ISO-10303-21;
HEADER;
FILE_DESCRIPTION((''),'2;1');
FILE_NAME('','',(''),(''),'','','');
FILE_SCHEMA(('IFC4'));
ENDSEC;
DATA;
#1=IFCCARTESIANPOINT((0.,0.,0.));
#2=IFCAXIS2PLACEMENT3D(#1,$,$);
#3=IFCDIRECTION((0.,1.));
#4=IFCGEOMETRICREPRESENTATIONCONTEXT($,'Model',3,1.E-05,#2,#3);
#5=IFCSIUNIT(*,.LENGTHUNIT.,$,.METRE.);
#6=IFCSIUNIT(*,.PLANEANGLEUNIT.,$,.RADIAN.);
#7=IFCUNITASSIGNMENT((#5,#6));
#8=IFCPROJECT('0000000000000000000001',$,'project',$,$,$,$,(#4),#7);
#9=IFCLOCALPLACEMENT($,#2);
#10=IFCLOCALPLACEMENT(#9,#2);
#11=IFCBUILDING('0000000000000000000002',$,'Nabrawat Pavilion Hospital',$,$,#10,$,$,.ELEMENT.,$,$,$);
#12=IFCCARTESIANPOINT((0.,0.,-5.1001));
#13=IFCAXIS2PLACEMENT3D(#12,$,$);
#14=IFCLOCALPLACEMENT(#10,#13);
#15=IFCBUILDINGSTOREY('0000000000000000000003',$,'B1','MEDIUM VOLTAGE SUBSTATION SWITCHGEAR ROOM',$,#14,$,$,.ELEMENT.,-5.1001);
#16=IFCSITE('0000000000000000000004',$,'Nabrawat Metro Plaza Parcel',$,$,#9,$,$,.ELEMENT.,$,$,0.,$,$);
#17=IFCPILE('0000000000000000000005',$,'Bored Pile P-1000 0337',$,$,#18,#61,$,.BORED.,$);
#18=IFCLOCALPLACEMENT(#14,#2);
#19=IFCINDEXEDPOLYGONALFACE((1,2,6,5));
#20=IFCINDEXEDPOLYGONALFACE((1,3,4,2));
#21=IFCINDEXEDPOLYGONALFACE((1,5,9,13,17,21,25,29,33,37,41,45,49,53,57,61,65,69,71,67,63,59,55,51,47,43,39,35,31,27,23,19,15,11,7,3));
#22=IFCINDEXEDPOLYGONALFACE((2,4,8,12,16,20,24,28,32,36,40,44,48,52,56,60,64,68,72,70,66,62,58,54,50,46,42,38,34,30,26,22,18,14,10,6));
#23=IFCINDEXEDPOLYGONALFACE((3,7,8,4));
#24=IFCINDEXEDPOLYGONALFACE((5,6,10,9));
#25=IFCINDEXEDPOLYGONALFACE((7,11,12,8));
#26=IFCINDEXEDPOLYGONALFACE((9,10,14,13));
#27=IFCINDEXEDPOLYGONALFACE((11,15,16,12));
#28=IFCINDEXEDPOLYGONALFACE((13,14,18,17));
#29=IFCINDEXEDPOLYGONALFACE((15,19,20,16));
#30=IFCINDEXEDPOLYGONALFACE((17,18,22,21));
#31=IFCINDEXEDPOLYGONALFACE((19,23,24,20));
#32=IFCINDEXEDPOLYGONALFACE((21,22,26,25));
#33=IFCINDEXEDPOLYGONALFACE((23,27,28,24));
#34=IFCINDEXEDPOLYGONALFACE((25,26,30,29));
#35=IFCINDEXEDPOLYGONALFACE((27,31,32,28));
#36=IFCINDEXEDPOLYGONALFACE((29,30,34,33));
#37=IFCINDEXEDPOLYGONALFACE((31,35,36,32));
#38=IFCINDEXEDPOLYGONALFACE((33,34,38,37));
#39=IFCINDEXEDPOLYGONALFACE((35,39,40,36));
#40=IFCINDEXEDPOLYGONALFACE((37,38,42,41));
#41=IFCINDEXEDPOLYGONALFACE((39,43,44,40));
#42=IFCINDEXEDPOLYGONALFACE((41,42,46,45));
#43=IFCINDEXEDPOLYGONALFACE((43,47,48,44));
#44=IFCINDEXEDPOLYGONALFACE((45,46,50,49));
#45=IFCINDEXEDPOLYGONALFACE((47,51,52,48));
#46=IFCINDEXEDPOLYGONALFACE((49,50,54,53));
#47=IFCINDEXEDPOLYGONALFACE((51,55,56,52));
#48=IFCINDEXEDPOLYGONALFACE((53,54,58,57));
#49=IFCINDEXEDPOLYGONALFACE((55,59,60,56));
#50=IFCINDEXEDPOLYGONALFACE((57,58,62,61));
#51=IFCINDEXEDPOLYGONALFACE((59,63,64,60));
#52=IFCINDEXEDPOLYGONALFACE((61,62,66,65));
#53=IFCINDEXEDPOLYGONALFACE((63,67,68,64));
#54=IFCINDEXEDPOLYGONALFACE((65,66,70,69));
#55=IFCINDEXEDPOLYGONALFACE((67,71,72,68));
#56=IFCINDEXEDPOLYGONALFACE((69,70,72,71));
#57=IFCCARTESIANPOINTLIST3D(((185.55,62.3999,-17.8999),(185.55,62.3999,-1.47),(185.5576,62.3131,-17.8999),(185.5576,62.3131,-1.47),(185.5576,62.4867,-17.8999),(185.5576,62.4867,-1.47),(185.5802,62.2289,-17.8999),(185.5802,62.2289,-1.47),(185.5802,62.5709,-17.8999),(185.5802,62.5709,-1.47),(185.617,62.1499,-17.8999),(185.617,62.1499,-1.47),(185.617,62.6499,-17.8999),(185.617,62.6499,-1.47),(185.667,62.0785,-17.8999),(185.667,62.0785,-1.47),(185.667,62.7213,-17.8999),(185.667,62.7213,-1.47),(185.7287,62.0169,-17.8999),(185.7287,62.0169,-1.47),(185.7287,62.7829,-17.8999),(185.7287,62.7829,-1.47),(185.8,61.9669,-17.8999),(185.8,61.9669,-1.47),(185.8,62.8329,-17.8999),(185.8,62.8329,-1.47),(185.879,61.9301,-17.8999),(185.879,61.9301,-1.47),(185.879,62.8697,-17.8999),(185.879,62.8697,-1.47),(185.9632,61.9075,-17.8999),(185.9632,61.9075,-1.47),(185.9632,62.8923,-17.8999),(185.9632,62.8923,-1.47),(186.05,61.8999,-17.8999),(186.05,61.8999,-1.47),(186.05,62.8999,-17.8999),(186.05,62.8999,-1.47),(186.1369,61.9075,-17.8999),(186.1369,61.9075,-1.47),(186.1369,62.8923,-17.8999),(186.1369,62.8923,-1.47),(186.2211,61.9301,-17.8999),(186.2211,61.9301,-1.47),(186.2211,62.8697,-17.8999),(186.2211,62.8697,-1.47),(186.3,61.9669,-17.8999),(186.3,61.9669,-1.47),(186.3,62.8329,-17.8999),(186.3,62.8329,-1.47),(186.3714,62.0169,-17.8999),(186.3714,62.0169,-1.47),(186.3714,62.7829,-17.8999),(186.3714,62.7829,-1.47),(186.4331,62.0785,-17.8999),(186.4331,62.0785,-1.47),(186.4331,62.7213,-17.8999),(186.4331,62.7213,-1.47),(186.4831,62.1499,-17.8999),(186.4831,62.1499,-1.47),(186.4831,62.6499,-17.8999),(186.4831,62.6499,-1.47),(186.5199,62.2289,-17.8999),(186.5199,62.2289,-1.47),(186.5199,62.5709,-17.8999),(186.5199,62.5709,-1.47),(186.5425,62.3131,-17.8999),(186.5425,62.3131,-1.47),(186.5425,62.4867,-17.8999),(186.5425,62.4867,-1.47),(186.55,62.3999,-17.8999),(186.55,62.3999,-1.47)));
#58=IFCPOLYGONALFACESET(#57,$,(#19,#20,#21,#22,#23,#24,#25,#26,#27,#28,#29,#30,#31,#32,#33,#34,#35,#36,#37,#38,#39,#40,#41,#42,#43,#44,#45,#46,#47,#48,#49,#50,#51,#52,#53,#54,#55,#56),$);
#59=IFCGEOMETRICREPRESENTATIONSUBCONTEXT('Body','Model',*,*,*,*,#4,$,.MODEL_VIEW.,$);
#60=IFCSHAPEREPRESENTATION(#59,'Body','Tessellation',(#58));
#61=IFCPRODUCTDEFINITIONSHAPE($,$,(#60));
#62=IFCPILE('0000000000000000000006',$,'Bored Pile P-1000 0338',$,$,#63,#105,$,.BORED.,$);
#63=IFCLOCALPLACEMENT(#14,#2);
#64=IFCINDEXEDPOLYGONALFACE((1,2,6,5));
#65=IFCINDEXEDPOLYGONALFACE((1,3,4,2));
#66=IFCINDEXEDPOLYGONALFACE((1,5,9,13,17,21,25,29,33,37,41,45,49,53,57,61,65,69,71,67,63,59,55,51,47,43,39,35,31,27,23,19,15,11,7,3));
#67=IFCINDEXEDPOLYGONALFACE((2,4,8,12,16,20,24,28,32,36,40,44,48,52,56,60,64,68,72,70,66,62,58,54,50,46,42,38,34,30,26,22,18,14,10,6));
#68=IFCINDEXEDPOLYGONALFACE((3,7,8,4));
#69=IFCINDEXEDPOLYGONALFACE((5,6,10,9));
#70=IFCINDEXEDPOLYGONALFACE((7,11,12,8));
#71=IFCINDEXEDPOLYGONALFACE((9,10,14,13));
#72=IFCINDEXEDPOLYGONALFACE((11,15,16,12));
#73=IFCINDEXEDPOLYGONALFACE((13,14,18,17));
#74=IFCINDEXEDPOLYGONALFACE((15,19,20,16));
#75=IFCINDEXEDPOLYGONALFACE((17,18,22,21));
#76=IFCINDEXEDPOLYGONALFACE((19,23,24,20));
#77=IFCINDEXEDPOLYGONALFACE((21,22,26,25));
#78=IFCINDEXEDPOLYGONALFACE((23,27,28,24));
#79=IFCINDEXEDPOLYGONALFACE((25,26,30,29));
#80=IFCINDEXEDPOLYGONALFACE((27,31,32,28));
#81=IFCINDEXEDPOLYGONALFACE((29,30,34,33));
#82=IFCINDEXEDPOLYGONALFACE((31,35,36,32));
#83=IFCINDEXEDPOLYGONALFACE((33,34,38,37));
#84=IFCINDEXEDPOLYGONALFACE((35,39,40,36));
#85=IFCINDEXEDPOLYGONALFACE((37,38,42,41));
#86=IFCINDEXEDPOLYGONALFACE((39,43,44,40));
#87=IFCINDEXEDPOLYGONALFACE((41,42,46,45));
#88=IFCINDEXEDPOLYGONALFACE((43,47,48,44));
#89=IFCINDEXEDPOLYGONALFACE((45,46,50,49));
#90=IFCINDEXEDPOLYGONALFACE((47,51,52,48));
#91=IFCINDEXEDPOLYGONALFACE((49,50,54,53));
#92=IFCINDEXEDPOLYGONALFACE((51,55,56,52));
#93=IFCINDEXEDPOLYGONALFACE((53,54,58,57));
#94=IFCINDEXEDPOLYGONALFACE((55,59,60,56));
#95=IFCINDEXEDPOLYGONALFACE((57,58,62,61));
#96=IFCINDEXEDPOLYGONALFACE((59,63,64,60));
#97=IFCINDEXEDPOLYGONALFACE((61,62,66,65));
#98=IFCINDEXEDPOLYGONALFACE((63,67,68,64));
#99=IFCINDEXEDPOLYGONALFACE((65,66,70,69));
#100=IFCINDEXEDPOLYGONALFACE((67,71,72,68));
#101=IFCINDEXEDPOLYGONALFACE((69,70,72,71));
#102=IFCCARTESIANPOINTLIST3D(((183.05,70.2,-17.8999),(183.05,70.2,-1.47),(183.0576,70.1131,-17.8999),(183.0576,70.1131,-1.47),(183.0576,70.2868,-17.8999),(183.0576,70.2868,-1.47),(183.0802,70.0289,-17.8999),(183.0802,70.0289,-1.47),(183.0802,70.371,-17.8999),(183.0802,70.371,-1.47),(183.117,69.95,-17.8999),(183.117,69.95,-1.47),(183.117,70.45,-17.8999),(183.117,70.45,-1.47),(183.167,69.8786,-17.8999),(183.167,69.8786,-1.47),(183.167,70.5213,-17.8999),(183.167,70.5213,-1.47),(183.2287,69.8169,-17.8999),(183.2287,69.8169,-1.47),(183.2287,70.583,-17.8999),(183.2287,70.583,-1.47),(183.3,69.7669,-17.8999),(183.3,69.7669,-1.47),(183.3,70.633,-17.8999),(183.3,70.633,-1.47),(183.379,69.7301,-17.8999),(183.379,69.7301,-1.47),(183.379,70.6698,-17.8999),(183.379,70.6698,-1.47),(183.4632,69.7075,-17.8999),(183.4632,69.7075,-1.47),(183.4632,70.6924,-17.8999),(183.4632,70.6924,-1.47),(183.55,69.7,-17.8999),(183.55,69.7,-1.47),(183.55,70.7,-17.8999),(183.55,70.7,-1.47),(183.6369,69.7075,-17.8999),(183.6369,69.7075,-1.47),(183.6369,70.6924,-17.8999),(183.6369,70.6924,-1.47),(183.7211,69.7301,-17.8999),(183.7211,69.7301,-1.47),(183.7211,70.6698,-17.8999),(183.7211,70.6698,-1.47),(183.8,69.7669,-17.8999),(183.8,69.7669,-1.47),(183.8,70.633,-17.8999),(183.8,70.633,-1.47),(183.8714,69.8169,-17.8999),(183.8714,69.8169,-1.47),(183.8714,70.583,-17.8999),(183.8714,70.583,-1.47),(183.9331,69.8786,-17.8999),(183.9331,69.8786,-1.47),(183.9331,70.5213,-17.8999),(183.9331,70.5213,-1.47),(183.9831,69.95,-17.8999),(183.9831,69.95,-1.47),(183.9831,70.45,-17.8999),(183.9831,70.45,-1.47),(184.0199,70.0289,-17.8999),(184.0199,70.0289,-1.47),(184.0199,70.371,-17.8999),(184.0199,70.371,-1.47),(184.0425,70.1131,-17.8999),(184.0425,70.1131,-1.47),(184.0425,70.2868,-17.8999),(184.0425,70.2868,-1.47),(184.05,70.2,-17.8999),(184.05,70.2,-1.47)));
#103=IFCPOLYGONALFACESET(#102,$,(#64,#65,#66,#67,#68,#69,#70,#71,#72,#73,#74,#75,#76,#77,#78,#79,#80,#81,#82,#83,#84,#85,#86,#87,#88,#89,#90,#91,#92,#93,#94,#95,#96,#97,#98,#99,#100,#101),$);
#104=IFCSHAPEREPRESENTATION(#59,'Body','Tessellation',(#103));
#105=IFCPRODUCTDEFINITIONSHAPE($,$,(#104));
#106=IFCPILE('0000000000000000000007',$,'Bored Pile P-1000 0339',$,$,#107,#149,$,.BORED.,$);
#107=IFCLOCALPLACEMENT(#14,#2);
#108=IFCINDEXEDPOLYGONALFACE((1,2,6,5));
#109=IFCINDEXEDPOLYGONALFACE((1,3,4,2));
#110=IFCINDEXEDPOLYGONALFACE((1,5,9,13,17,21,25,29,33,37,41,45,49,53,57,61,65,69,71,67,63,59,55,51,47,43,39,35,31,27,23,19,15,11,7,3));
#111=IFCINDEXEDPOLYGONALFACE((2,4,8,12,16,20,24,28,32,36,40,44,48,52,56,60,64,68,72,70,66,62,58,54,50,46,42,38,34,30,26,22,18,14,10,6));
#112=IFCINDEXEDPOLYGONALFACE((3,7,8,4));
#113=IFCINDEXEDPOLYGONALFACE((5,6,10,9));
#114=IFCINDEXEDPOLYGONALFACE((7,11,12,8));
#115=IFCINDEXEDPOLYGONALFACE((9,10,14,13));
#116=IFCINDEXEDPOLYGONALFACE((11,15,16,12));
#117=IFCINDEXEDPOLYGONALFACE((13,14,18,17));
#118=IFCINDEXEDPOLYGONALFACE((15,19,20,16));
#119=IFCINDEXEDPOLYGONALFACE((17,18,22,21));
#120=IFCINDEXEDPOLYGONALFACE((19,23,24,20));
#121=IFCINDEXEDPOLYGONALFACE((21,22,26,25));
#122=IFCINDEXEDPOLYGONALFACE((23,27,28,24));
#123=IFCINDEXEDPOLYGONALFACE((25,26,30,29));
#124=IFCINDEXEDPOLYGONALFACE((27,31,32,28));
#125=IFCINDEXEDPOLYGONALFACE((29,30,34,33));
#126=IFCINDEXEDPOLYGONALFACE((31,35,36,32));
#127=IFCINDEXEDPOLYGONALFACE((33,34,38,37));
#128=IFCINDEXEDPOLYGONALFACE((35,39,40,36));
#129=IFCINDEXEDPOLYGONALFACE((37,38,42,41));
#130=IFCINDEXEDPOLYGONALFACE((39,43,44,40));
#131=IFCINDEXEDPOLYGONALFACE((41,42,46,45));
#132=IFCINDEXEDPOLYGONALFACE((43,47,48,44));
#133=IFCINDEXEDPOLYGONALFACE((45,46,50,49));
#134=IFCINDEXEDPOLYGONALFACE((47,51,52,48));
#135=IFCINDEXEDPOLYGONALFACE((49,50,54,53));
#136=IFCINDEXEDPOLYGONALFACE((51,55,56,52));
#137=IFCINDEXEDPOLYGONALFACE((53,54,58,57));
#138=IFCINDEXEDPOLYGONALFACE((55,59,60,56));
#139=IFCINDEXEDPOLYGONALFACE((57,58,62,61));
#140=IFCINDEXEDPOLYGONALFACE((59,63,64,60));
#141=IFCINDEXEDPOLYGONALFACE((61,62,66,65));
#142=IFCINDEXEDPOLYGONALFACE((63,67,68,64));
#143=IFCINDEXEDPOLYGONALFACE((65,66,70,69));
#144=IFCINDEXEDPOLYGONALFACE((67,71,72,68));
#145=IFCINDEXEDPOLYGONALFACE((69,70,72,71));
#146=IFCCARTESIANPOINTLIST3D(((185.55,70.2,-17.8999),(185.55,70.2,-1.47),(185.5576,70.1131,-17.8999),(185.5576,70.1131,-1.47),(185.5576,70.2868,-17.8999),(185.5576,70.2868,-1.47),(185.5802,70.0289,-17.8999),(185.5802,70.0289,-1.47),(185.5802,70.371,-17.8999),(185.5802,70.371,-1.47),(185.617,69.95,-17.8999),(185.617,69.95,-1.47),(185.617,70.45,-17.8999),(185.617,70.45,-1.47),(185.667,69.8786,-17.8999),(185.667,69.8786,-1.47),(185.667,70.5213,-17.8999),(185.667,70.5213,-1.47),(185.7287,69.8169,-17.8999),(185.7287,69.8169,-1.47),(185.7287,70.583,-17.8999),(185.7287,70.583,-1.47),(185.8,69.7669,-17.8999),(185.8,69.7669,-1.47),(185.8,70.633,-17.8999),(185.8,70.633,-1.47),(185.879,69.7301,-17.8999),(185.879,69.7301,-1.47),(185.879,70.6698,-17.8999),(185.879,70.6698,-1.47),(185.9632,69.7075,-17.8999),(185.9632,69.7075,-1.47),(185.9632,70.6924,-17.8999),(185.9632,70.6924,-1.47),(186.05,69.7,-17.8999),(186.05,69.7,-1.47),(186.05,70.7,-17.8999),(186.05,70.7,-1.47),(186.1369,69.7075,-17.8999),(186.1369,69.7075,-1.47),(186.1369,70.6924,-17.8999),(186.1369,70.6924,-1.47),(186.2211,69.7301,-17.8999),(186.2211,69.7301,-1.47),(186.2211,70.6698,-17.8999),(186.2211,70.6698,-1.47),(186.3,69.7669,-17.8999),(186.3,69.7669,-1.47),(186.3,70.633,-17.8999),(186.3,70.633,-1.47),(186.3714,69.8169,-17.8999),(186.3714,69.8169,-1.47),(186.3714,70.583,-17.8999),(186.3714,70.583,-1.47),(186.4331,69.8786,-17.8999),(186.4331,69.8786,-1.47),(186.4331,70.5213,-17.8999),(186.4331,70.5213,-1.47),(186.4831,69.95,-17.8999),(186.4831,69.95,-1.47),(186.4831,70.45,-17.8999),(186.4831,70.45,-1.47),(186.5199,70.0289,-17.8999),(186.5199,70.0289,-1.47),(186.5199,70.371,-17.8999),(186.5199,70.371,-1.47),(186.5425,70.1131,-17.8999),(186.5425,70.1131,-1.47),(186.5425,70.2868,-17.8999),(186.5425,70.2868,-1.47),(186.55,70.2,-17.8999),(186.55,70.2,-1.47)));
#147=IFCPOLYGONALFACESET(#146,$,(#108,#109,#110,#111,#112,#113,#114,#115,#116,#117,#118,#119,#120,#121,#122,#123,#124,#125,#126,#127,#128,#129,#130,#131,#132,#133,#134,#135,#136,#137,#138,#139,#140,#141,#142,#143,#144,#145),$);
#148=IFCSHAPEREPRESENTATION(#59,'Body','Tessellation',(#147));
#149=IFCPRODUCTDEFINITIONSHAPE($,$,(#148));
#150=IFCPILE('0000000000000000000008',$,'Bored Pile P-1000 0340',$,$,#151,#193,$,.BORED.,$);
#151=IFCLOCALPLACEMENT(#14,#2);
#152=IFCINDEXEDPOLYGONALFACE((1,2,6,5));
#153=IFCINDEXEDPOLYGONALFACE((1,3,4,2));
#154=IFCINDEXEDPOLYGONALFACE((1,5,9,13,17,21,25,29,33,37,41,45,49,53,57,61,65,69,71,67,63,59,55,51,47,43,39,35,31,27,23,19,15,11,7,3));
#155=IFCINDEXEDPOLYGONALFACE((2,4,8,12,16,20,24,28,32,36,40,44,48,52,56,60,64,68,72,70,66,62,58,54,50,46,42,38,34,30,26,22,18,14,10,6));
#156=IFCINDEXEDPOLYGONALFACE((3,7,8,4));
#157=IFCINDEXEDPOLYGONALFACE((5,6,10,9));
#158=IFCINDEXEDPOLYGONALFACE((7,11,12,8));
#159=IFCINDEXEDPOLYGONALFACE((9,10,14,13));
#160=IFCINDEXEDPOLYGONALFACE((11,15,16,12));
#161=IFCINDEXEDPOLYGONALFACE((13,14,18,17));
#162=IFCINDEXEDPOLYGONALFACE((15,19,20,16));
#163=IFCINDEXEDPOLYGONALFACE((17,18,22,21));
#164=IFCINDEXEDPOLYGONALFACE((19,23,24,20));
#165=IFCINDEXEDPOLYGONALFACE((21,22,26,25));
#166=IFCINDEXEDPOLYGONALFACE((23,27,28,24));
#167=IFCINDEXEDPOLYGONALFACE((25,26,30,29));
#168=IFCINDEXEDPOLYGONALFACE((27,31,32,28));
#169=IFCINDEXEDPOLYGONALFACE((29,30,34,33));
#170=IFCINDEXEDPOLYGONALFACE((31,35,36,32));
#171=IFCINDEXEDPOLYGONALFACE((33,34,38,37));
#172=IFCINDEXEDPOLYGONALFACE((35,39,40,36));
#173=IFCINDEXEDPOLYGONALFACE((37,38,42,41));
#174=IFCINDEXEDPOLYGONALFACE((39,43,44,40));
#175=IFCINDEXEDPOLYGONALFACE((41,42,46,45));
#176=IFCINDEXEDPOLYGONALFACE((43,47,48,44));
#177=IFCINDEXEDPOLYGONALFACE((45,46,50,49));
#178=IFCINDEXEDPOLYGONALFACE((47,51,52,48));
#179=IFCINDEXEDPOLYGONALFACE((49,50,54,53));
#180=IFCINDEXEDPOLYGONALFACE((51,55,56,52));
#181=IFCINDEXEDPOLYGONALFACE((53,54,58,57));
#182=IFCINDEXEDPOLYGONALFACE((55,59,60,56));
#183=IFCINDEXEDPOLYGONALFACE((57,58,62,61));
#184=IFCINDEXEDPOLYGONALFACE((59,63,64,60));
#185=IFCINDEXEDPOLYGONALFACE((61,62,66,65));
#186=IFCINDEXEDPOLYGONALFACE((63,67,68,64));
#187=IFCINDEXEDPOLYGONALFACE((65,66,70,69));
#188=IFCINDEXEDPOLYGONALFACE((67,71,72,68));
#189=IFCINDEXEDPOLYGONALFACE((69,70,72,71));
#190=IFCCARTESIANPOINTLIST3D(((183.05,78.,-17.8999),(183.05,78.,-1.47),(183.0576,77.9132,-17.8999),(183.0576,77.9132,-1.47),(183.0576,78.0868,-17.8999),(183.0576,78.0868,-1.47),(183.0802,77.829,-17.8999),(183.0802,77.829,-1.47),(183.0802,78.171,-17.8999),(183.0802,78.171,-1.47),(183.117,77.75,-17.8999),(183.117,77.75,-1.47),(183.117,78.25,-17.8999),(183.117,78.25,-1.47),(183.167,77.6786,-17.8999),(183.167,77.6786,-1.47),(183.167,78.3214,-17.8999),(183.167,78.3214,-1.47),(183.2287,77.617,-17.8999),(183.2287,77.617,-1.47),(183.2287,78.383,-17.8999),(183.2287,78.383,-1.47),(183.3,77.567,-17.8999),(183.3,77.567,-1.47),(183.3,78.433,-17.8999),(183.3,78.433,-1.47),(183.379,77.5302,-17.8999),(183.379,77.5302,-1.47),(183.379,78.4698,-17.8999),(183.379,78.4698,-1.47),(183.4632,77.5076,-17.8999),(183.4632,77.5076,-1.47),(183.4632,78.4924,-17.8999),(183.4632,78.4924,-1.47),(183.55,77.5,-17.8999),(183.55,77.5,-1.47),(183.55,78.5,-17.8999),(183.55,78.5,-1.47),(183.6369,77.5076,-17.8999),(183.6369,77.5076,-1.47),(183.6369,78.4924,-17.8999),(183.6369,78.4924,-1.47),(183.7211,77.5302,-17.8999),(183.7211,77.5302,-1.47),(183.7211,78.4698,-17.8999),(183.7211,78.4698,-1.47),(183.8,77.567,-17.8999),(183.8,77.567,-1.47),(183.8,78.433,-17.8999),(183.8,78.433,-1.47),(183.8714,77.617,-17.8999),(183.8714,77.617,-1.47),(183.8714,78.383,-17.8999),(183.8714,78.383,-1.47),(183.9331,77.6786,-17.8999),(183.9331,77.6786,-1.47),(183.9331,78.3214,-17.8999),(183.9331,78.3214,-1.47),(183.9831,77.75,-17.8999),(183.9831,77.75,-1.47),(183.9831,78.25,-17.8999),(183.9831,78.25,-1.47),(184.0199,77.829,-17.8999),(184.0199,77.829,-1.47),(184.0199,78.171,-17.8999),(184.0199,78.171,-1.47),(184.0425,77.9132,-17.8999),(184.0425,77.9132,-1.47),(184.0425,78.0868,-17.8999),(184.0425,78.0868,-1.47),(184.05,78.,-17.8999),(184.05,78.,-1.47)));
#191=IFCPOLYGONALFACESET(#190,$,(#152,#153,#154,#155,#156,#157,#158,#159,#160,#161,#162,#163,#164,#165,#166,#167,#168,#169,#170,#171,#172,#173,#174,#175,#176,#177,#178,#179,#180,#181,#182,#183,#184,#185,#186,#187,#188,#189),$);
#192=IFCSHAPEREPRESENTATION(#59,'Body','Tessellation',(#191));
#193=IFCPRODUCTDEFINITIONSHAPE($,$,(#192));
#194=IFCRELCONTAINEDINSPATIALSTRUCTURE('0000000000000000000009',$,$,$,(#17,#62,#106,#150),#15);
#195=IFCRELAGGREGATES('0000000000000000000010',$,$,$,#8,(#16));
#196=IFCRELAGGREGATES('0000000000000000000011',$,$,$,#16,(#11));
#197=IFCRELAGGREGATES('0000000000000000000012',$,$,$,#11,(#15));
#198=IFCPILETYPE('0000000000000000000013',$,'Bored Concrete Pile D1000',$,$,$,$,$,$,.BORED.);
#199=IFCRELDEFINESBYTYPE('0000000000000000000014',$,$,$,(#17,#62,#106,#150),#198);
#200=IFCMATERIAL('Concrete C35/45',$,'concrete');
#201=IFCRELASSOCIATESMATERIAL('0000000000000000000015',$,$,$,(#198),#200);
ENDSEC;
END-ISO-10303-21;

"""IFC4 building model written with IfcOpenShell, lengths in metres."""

from ifc_helpers import new_model, si_unit, direction, frame, origin, origin_2d, place, context, subcontext, project, spatial, circle, extrude, material, material_profile, profile_set, type_object, element, save


model = new_model("IFC4")

# Units and contexts
model_context = context("Model", 3, precision=1e-05, world=origin(), true_north=direction((0.0, 1.0)))
body_context = subcontext(model_context, "Body", "Model", "MODEL_VIEW")
ifc_project = project(units=[si_unit("LENGTHUNIT", "METRE"), si_unit("PLANEANGLEUNIT", "RADIAN")], contexts=[model_context])

# Site, building, storey
site_placement = place(None, origin())
site = spatial("IfcSite", under=ifc_project, at=site_placement, Name="Nabrawat Metro Plaza Parcel", CompositionType="ELEMENT", RefElevation=0.0)
building_placement = place(site_placement, origin())
building = spatial("IfcBuilding", under=site, at=building_placement, Name="Nabrawat Pavilion Hospital", CompositionType="ELEMENT")
storey_placement = place(building_placement, frame((0.0, 0.0, -5.1001)))
storey = spatial("IfcBuildingStorey", under=building, at=storey_placement, Name="B1", Description="MEDIUM VOLTAGE SUBSTATION SWITCHGEAR ROOM", CompositionType="ELEMENT", Elevation=-5.1001)

# Piles
ifc_material_1 = material(Name="Concrete C35/45", Category="concrete")
ifc_material_profile_1 = material_profile(ifc_material_1, circle(Radius=0.5, at=origin_2d()), Name="DIA 1000")
ifc_profile_set_1 = profile_set([ifc_material_profile_1], Name="Concrete C35/45")
pile_type = type_object("IfcPileType", Name="Bored Concrete Pile D1000", PredefinedType="BORED", material=ifc_profile_set_1)
for number, where, z_axis, x_axis, name in (
    (1, (186.05, 62.3999, -1.47), (0.0, 0.0, -1.0), (1.0, 0.0, 0.0), "Bored Pile P-1000 0337"),
    (2, (183.55, 70.2, -1.47), (0.0, 0.0, -1.0), (1.0, 0.0, 0.0), "Bored Pile P-1000 0338"),
    (3, (186.05, 70.2, -1.47), (0.0, 0.0, -1.0), (1.0, 0.0, 0.0), "Bored Pile P-1000 0339"),
    (4, (183.55, 78.0, -1.47), (0.0, 0.0, -1.0), (1.0, 0.0, 0.0), "Bored Pile P-1000 0340"),
):
    element("IfcPile", number, at=place(storey_placement, frame(where, z_axis=z_axis, x_axis=x_axis)), inside=storey, type_object=pile_type, Name=name, PredefinedType="BORED", context=body_context, shape_type="SweptSolid", body=[
        extrude(circle(Radius=0.5, at=origin_2d()), origin(), (0.0, 0.0, 1.0), 16.4299),
    ])

save(model, "model.ifc")
